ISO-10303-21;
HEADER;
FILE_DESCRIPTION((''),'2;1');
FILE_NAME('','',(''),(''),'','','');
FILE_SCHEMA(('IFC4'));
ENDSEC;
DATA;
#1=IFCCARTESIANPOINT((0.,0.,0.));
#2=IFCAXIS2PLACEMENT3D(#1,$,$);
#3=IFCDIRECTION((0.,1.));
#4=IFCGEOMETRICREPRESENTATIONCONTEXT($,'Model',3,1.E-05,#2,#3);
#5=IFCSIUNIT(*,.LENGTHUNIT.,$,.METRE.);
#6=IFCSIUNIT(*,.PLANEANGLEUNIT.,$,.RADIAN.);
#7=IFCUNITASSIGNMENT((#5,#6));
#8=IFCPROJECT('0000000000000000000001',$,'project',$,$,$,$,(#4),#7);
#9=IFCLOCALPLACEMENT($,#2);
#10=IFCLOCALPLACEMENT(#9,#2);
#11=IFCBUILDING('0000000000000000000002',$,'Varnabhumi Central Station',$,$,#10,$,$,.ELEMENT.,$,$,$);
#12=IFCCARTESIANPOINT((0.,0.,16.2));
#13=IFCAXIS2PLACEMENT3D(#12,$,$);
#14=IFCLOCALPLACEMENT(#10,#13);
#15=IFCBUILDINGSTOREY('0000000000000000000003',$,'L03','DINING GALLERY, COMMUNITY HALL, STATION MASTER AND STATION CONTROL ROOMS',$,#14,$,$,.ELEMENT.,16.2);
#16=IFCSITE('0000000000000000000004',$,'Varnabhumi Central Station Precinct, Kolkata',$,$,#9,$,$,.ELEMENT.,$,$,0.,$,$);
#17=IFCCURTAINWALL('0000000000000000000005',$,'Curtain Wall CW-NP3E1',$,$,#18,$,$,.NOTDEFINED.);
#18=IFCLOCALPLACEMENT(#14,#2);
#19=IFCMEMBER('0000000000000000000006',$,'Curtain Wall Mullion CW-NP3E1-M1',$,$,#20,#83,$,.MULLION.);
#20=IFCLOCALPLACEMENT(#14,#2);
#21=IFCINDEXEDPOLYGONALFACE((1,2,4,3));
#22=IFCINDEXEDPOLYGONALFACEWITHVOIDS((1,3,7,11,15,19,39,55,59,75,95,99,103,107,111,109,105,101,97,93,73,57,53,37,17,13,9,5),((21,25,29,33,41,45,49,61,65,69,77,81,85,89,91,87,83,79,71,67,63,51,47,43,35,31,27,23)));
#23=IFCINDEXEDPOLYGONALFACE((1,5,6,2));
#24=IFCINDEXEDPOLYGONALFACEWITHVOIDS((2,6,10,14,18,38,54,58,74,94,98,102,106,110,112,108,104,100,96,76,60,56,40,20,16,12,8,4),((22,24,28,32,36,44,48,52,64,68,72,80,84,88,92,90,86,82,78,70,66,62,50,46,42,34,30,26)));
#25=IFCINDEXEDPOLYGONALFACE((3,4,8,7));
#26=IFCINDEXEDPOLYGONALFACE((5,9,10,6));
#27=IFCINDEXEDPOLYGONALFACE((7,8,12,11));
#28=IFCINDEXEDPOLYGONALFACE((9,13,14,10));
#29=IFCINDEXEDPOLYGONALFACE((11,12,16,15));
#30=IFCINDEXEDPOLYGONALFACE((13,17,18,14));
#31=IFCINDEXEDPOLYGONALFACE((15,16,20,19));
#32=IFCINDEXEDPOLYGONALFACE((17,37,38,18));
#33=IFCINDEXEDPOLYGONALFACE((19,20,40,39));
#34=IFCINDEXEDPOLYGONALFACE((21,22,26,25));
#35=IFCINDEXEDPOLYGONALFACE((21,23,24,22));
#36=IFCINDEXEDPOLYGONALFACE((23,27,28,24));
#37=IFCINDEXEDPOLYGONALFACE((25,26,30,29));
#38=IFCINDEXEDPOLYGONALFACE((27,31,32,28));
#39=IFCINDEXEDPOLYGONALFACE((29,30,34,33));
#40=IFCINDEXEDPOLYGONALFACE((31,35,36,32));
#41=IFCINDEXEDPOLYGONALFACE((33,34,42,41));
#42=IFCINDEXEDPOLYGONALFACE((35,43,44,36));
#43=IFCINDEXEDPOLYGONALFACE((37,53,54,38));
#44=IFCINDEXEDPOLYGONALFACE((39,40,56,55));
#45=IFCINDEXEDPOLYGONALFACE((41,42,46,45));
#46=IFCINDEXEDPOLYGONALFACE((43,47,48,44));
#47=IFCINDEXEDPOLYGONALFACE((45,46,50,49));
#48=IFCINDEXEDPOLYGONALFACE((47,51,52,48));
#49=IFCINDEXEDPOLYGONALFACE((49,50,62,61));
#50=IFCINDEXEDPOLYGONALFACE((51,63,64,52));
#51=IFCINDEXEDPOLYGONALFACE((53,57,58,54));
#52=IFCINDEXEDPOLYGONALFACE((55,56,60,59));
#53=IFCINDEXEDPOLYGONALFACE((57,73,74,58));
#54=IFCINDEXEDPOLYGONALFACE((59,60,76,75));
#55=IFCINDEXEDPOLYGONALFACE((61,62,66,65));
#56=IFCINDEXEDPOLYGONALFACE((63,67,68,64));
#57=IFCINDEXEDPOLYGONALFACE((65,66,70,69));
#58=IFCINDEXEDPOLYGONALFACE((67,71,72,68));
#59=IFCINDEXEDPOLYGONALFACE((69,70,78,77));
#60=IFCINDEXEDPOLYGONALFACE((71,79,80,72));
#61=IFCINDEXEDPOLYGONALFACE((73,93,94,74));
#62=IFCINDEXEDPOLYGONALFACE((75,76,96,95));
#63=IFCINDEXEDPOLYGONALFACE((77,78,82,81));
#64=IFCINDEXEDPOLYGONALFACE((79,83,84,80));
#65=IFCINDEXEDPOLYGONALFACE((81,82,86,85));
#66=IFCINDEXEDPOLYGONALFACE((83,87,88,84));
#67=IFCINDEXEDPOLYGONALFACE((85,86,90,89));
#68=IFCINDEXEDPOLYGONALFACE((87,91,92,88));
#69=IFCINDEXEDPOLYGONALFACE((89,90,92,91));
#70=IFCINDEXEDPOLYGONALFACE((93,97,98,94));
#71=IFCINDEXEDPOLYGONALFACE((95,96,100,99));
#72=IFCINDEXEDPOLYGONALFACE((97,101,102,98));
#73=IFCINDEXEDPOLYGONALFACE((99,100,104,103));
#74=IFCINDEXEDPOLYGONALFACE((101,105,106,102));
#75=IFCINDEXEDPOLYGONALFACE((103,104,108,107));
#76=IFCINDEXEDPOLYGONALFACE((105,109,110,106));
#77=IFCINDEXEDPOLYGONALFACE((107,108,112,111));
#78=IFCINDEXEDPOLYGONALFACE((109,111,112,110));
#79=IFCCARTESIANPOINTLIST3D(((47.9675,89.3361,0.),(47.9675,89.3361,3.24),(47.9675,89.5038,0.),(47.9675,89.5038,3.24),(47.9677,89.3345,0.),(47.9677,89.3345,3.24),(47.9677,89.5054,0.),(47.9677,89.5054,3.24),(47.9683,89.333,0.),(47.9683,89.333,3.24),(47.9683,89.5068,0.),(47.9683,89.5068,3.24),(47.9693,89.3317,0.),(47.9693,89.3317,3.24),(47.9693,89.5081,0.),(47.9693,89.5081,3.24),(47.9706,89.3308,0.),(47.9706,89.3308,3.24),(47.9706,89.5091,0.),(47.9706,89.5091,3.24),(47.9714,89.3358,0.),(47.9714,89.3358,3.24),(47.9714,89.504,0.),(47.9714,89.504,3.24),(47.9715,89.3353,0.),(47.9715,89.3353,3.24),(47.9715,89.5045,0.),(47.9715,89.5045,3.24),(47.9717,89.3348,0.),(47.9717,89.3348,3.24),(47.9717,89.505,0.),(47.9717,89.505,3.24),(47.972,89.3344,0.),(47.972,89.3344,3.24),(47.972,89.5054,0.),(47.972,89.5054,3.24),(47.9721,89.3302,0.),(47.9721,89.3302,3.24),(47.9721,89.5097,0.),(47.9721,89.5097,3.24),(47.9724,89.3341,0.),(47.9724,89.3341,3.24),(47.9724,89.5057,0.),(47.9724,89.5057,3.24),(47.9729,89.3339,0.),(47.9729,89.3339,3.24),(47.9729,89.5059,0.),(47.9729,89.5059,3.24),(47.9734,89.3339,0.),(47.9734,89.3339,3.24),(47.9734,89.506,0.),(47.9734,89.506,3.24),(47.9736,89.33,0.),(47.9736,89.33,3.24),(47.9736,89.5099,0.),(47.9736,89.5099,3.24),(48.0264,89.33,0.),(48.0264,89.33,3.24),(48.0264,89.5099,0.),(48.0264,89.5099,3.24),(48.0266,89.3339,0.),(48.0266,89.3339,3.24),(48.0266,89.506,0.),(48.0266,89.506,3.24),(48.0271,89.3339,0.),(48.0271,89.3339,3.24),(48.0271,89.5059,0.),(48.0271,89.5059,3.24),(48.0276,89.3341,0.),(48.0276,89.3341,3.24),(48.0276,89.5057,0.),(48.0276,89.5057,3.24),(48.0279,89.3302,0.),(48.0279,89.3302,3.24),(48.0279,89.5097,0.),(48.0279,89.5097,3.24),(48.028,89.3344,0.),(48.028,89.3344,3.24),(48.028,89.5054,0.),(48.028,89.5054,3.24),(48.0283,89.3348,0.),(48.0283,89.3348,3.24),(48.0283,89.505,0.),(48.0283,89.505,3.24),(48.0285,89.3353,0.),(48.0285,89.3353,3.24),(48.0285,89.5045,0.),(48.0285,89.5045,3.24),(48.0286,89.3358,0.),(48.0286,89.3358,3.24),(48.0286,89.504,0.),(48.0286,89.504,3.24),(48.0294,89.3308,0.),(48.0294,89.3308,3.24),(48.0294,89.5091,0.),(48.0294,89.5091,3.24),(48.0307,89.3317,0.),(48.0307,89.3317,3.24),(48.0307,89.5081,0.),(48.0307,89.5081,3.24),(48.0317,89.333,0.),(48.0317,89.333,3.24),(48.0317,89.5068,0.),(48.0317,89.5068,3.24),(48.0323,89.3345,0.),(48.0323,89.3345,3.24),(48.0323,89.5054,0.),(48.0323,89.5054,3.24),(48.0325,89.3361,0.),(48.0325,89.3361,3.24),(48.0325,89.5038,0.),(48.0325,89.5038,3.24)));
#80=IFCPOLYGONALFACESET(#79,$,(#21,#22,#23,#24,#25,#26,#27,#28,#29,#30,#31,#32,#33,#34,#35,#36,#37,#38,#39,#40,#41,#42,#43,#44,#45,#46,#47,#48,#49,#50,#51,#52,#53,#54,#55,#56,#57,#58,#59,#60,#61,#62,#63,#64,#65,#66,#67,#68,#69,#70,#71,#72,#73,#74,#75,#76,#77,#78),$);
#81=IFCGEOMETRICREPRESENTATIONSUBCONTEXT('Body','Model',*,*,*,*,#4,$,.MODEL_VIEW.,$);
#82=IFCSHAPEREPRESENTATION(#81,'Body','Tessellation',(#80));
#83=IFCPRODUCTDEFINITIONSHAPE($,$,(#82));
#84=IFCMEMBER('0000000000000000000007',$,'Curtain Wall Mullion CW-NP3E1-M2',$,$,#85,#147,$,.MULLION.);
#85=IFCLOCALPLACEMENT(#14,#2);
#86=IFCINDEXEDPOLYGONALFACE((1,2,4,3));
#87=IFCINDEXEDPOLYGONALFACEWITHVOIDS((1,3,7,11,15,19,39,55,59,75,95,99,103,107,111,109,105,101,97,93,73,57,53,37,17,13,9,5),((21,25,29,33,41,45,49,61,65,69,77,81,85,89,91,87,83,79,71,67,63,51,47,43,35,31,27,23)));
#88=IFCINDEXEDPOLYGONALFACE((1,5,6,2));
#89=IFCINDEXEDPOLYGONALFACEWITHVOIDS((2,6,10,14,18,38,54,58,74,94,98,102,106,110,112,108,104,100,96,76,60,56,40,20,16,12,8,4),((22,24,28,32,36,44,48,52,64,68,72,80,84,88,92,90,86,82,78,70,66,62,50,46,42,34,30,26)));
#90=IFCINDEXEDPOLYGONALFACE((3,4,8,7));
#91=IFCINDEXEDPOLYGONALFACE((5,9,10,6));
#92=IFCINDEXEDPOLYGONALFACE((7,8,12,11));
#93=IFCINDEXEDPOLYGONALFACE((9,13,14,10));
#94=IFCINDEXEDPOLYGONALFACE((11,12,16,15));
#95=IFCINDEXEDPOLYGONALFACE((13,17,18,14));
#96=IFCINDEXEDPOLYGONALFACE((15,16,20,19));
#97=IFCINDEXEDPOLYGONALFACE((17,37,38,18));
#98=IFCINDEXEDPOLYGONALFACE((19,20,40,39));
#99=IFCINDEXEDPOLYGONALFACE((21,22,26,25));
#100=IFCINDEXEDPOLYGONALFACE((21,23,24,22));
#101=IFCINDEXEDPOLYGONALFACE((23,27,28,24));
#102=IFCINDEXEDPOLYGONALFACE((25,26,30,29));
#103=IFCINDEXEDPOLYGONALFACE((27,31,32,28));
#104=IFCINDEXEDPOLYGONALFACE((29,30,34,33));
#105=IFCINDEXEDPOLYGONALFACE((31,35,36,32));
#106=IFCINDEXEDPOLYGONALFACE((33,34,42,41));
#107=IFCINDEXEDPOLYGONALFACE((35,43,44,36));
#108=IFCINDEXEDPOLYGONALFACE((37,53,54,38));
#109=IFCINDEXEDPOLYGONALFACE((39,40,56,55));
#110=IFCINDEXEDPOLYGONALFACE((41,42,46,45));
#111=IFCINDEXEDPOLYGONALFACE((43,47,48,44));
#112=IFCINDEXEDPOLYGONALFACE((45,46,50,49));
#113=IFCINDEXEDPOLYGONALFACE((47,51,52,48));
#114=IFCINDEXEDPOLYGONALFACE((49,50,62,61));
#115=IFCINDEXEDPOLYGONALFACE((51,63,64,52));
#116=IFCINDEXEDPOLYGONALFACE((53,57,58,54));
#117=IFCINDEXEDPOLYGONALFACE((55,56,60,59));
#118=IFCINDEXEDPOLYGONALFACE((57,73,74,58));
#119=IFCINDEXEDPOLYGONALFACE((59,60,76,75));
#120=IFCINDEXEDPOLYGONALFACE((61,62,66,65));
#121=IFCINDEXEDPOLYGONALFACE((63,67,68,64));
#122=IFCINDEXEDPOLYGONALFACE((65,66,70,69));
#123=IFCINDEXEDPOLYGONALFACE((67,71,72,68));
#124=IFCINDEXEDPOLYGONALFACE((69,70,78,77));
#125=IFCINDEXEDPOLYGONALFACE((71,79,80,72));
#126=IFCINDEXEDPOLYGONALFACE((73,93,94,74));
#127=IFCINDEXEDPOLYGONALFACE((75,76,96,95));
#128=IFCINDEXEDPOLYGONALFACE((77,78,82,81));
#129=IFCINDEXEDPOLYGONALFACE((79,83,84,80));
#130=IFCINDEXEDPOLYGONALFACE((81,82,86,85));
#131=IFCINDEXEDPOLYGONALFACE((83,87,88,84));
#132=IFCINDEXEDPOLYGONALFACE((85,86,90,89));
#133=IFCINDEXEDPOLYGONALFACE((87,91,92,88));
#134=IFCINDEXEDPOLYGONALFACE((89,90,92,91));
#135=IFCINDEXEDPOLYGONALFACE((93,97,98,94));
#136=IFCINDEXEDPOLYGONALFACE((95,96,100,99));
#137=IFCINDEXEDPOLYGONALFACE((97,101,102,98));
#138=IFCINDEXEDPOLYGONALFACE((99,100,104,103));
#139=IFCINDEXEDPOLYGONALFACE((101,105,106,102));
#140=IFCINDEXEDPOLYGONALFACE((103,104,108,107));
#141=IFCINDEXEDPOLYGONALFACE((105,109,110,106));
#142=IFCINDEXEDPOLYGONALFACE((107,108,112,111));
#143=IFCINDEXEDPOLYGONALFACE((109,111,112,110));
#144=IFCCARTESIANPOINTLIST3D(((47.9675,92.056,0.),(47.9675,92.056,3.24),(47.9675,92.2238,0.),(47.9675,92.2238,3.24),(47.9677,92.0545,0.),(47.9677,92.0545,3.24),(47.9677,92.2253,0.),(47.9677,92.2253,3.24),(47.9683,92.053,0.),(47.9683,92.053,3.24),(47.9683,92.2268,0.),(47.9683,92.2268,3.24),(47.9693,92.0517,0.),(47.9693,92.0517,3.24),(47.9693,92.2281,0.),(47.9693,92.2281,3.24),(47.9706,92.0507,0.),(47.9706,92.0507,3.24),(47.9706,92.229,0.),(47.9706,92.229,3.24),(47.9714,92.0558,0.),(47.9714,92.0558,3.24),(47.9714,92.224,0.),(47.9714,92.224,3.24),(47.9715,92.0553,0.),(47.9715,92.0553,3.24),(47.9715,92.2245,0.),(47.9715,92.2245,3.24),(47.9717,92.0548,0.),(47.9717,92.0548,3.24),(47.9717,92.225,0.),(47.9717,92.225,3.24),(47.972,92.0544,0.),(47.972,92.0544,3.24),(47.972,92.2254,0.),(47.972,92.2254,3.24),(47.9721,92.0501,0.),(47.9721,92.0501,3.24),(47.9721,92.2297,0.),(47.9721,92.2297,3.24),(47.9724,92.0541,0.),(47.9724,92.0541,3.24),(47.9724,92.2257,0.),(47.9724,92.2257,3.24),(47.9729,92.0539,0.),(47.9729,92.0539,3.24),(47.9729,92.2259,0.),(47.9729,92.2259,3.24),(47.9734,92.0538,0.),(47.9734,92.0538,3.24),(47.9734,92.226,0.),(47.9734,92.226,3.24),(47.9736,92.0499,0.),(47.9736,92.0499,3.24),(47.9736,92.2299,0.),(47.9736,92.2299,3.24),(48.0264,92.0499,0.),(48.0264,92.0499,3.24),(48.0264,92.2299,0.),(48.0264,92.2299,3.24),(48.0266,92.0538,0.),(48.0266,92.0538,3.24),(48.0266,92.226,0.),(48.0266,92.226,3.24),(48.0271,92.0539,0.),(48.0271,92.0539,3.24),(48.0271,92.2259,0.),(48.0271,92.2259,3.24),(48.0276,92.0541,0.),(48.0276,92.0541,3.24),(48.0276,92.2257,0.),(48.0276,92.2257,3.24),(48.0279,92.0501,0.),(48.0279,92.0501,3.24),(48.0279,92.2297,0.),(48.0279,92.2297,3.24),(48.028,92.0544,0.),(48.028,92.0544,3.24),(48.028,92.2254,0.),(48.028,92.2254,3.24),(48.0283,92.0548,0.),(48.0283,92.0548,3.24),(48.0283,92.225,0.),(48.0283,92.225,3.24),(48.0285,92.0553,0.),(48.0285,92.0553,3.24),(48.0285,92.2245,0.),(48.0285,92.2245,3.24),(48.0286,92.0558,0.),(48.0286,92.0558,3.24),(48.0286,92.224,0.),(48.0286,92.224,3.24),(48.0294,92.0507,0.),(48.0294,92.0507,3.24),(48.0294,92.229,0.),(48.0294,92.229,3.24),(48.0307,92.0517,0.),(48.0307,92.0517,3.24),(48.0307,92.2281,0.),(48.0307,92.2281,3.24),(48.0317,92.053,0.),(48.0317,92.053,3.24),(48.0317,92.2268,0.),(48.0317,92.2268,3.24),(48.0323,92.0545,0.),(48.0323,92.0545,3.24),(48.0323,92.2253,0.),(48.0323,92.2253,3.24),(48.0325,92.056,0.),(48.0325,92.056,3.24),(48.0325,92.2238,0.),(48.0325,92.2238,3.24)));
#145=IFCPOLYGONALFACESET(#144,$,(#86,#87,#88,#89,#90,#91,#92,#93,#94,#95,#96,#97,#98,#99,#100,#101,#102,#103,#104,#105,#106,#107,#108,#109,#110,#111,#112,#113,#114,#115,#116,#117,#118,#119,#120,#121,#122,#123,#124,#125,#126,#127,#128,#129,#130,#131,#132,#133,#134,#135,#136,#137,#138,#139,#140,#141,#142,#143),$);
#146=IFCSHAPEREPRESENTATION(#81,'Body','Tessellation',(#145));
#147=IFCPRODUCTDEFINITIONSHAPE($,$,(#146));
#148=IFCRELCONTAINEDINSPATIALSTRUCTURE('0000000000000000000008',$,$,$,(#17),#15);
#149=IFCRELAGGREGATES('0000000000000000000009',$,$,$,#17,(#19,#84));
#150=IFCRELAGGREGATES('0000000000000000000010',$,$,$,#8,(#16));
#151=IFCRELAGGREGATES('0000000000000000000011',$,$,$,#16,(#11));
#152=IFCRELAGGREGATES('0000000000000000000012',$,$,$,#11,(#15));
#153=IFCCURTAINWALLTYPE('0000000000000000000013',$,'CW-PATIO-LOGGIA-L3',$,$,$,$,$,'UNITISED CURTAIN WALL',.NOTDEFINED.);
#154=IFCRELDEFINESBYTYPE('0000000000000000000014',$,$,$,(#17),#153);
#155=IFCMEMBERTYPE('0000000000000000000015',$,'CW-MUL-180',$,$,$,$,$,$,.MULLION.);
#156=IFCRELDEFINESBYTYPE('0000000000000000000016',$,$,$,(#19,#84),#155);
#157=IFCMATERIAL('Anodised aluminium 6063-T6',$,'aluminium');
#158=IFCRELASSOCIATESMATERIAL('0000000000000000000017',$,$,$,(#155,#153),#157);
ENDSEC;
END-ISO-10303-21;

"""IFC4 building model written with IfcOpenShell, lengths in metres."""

from ifc_helpers import new_model, si_unit, direction, frame, origin, origin_2d, place, context, subcontext, project, spatial, hollow_rectangle, extrude, material, material_profile, profile_set, type_object, element, aggregate, save


model = new_model("IFC4")

# Units and contexts
model_context = context("Model", 3, precision=1e-05, world=origin(), true_north=direction((0.0, 1.0)))
body_context = subcontext(model_context, "Body", "Model", "MODEL_VIEW")
ifc_project = project(units=[si_unit("LENGTHUNIT", "METRE"), si_unit("PLANEANGLEUNIT", "RADIAN")], contexts=[model_context])

# Site, building, storey
site_placement = place(None, origin())
site = spatial("IfcSite", under=ifc_project, at=site_placement, Name="Varnabhumi Central Station Precinct, Kolkata", CompositionType="ELEMENT", RefElevation=0.0)
building_placement = place(site_placement, origin())
building = spatial("IfcBuilding", under=site, at=building_placement, Name="Varnabhumi Central Station", CompositionType="ELEMENT")
storey_placement = place(building_placement, frame((0.0, 0.0, 16.2)))
storey = spatial("IfcBuildingStorey", under=building, at=storey_placement, Name="L03", Description="DINING GALLERY, COMMUNITY HALL, STATION MASTER AND STATION CONTROL ROOMS", CompositionType="ELEMENT", Elevation=16.2)

# Shared definitions
ifc_material_1 = material(Name="Anodised aluminium 6063-T6", Category="aluminium")
ifc_material_profile_1 = material_profile(ifc_material_1, hollow_rectangle(XDim=0.0649, YDim=0.1799, WallThickness=0.0039, InnerFilletRadius=0.002, OuterFilletRadius=0.0061, at=origin_2d()), Name="Anodised aluminium 6063-T6", Category="aluminium")
ifc_profile_set_1 = profile_set([ifc_material_profile_1], Name="Anodised aluminium 6063-T6")
member_type_1 = type_object("IfcMemberType", Name="CW-MUL-180", PredefinedType="MULLION", material=ifc_profile_set_1)

# Curtain wall, members
curtain_wall_type_1 = type_object("IfcCurtainWallType", Name="CW-PATIO-LOGGIA-L3", ElementType="UNITISED CURTAIN WALL", PredefinedType="NOTDEFINED", material=ifc_material_1)
curtain_wall_1_placement = place(storey_placement, origin())
curtain_wall_1 = element("IfcCurtainWall", 1, at=curtain_wall_1_placement, inside=storey, type_object=curtain_wall_type_1, Name="Curtain Wall CW-NP3E1", PredefinedType="NOTDEFINED")
member_1_placement = place(storey_placement, frame((48.0, 89.4199, 0.0), z_axis=(0.0, 0.0, 1.0), x_axis=(1.0, 0.0, 0.0)))
member_1 = element("IfcMember", 2, at=member_1_placement, type_object=member_type_1, Name="Curtain Wall Mullion CW-NP3E1-M1", PredefinedType="MULLION", context=body_context, shape_type="SweptSolid", body=[
    extrude(hollow_rectangle(XDim=0.0649, YDim=0.1799, WallThickness=0.0039, InnerFilletRadius=0.002, OuterFilletRadius=0.0061, at=origin_2d()), origin(), (0.0, 0.0, 1.0), 3.24),
])
member_2_placement = place(storey_placement, frame((48.0, 92.1399, 0.0), z_axis=(0.0, 0.0, 1.0), x_axis=(1.0, 0.0, 0.0)))
member_2 = element("IfcMember", 3, at=member_2_placement, type_object=member_type_1, Name="Curtain Wall Mullion CW-NP3E1-M2", PredefinedType="MULLION", context=body_context, shape_type="SweptSolid", body=[
    extrude(hollow_rectangle(XDim=0.0649, YDim=0.1799, WallThickness=0.0039, InnerFilletRadius=0.002, OuterFilletRadius=0.0061, at=origin_2d()), origin(), (0.0, 0.0, 1.0), 3.24),
])

aggregate(curtain_wall_1, [member_1, member_2])

save(model, "model.ifc")
